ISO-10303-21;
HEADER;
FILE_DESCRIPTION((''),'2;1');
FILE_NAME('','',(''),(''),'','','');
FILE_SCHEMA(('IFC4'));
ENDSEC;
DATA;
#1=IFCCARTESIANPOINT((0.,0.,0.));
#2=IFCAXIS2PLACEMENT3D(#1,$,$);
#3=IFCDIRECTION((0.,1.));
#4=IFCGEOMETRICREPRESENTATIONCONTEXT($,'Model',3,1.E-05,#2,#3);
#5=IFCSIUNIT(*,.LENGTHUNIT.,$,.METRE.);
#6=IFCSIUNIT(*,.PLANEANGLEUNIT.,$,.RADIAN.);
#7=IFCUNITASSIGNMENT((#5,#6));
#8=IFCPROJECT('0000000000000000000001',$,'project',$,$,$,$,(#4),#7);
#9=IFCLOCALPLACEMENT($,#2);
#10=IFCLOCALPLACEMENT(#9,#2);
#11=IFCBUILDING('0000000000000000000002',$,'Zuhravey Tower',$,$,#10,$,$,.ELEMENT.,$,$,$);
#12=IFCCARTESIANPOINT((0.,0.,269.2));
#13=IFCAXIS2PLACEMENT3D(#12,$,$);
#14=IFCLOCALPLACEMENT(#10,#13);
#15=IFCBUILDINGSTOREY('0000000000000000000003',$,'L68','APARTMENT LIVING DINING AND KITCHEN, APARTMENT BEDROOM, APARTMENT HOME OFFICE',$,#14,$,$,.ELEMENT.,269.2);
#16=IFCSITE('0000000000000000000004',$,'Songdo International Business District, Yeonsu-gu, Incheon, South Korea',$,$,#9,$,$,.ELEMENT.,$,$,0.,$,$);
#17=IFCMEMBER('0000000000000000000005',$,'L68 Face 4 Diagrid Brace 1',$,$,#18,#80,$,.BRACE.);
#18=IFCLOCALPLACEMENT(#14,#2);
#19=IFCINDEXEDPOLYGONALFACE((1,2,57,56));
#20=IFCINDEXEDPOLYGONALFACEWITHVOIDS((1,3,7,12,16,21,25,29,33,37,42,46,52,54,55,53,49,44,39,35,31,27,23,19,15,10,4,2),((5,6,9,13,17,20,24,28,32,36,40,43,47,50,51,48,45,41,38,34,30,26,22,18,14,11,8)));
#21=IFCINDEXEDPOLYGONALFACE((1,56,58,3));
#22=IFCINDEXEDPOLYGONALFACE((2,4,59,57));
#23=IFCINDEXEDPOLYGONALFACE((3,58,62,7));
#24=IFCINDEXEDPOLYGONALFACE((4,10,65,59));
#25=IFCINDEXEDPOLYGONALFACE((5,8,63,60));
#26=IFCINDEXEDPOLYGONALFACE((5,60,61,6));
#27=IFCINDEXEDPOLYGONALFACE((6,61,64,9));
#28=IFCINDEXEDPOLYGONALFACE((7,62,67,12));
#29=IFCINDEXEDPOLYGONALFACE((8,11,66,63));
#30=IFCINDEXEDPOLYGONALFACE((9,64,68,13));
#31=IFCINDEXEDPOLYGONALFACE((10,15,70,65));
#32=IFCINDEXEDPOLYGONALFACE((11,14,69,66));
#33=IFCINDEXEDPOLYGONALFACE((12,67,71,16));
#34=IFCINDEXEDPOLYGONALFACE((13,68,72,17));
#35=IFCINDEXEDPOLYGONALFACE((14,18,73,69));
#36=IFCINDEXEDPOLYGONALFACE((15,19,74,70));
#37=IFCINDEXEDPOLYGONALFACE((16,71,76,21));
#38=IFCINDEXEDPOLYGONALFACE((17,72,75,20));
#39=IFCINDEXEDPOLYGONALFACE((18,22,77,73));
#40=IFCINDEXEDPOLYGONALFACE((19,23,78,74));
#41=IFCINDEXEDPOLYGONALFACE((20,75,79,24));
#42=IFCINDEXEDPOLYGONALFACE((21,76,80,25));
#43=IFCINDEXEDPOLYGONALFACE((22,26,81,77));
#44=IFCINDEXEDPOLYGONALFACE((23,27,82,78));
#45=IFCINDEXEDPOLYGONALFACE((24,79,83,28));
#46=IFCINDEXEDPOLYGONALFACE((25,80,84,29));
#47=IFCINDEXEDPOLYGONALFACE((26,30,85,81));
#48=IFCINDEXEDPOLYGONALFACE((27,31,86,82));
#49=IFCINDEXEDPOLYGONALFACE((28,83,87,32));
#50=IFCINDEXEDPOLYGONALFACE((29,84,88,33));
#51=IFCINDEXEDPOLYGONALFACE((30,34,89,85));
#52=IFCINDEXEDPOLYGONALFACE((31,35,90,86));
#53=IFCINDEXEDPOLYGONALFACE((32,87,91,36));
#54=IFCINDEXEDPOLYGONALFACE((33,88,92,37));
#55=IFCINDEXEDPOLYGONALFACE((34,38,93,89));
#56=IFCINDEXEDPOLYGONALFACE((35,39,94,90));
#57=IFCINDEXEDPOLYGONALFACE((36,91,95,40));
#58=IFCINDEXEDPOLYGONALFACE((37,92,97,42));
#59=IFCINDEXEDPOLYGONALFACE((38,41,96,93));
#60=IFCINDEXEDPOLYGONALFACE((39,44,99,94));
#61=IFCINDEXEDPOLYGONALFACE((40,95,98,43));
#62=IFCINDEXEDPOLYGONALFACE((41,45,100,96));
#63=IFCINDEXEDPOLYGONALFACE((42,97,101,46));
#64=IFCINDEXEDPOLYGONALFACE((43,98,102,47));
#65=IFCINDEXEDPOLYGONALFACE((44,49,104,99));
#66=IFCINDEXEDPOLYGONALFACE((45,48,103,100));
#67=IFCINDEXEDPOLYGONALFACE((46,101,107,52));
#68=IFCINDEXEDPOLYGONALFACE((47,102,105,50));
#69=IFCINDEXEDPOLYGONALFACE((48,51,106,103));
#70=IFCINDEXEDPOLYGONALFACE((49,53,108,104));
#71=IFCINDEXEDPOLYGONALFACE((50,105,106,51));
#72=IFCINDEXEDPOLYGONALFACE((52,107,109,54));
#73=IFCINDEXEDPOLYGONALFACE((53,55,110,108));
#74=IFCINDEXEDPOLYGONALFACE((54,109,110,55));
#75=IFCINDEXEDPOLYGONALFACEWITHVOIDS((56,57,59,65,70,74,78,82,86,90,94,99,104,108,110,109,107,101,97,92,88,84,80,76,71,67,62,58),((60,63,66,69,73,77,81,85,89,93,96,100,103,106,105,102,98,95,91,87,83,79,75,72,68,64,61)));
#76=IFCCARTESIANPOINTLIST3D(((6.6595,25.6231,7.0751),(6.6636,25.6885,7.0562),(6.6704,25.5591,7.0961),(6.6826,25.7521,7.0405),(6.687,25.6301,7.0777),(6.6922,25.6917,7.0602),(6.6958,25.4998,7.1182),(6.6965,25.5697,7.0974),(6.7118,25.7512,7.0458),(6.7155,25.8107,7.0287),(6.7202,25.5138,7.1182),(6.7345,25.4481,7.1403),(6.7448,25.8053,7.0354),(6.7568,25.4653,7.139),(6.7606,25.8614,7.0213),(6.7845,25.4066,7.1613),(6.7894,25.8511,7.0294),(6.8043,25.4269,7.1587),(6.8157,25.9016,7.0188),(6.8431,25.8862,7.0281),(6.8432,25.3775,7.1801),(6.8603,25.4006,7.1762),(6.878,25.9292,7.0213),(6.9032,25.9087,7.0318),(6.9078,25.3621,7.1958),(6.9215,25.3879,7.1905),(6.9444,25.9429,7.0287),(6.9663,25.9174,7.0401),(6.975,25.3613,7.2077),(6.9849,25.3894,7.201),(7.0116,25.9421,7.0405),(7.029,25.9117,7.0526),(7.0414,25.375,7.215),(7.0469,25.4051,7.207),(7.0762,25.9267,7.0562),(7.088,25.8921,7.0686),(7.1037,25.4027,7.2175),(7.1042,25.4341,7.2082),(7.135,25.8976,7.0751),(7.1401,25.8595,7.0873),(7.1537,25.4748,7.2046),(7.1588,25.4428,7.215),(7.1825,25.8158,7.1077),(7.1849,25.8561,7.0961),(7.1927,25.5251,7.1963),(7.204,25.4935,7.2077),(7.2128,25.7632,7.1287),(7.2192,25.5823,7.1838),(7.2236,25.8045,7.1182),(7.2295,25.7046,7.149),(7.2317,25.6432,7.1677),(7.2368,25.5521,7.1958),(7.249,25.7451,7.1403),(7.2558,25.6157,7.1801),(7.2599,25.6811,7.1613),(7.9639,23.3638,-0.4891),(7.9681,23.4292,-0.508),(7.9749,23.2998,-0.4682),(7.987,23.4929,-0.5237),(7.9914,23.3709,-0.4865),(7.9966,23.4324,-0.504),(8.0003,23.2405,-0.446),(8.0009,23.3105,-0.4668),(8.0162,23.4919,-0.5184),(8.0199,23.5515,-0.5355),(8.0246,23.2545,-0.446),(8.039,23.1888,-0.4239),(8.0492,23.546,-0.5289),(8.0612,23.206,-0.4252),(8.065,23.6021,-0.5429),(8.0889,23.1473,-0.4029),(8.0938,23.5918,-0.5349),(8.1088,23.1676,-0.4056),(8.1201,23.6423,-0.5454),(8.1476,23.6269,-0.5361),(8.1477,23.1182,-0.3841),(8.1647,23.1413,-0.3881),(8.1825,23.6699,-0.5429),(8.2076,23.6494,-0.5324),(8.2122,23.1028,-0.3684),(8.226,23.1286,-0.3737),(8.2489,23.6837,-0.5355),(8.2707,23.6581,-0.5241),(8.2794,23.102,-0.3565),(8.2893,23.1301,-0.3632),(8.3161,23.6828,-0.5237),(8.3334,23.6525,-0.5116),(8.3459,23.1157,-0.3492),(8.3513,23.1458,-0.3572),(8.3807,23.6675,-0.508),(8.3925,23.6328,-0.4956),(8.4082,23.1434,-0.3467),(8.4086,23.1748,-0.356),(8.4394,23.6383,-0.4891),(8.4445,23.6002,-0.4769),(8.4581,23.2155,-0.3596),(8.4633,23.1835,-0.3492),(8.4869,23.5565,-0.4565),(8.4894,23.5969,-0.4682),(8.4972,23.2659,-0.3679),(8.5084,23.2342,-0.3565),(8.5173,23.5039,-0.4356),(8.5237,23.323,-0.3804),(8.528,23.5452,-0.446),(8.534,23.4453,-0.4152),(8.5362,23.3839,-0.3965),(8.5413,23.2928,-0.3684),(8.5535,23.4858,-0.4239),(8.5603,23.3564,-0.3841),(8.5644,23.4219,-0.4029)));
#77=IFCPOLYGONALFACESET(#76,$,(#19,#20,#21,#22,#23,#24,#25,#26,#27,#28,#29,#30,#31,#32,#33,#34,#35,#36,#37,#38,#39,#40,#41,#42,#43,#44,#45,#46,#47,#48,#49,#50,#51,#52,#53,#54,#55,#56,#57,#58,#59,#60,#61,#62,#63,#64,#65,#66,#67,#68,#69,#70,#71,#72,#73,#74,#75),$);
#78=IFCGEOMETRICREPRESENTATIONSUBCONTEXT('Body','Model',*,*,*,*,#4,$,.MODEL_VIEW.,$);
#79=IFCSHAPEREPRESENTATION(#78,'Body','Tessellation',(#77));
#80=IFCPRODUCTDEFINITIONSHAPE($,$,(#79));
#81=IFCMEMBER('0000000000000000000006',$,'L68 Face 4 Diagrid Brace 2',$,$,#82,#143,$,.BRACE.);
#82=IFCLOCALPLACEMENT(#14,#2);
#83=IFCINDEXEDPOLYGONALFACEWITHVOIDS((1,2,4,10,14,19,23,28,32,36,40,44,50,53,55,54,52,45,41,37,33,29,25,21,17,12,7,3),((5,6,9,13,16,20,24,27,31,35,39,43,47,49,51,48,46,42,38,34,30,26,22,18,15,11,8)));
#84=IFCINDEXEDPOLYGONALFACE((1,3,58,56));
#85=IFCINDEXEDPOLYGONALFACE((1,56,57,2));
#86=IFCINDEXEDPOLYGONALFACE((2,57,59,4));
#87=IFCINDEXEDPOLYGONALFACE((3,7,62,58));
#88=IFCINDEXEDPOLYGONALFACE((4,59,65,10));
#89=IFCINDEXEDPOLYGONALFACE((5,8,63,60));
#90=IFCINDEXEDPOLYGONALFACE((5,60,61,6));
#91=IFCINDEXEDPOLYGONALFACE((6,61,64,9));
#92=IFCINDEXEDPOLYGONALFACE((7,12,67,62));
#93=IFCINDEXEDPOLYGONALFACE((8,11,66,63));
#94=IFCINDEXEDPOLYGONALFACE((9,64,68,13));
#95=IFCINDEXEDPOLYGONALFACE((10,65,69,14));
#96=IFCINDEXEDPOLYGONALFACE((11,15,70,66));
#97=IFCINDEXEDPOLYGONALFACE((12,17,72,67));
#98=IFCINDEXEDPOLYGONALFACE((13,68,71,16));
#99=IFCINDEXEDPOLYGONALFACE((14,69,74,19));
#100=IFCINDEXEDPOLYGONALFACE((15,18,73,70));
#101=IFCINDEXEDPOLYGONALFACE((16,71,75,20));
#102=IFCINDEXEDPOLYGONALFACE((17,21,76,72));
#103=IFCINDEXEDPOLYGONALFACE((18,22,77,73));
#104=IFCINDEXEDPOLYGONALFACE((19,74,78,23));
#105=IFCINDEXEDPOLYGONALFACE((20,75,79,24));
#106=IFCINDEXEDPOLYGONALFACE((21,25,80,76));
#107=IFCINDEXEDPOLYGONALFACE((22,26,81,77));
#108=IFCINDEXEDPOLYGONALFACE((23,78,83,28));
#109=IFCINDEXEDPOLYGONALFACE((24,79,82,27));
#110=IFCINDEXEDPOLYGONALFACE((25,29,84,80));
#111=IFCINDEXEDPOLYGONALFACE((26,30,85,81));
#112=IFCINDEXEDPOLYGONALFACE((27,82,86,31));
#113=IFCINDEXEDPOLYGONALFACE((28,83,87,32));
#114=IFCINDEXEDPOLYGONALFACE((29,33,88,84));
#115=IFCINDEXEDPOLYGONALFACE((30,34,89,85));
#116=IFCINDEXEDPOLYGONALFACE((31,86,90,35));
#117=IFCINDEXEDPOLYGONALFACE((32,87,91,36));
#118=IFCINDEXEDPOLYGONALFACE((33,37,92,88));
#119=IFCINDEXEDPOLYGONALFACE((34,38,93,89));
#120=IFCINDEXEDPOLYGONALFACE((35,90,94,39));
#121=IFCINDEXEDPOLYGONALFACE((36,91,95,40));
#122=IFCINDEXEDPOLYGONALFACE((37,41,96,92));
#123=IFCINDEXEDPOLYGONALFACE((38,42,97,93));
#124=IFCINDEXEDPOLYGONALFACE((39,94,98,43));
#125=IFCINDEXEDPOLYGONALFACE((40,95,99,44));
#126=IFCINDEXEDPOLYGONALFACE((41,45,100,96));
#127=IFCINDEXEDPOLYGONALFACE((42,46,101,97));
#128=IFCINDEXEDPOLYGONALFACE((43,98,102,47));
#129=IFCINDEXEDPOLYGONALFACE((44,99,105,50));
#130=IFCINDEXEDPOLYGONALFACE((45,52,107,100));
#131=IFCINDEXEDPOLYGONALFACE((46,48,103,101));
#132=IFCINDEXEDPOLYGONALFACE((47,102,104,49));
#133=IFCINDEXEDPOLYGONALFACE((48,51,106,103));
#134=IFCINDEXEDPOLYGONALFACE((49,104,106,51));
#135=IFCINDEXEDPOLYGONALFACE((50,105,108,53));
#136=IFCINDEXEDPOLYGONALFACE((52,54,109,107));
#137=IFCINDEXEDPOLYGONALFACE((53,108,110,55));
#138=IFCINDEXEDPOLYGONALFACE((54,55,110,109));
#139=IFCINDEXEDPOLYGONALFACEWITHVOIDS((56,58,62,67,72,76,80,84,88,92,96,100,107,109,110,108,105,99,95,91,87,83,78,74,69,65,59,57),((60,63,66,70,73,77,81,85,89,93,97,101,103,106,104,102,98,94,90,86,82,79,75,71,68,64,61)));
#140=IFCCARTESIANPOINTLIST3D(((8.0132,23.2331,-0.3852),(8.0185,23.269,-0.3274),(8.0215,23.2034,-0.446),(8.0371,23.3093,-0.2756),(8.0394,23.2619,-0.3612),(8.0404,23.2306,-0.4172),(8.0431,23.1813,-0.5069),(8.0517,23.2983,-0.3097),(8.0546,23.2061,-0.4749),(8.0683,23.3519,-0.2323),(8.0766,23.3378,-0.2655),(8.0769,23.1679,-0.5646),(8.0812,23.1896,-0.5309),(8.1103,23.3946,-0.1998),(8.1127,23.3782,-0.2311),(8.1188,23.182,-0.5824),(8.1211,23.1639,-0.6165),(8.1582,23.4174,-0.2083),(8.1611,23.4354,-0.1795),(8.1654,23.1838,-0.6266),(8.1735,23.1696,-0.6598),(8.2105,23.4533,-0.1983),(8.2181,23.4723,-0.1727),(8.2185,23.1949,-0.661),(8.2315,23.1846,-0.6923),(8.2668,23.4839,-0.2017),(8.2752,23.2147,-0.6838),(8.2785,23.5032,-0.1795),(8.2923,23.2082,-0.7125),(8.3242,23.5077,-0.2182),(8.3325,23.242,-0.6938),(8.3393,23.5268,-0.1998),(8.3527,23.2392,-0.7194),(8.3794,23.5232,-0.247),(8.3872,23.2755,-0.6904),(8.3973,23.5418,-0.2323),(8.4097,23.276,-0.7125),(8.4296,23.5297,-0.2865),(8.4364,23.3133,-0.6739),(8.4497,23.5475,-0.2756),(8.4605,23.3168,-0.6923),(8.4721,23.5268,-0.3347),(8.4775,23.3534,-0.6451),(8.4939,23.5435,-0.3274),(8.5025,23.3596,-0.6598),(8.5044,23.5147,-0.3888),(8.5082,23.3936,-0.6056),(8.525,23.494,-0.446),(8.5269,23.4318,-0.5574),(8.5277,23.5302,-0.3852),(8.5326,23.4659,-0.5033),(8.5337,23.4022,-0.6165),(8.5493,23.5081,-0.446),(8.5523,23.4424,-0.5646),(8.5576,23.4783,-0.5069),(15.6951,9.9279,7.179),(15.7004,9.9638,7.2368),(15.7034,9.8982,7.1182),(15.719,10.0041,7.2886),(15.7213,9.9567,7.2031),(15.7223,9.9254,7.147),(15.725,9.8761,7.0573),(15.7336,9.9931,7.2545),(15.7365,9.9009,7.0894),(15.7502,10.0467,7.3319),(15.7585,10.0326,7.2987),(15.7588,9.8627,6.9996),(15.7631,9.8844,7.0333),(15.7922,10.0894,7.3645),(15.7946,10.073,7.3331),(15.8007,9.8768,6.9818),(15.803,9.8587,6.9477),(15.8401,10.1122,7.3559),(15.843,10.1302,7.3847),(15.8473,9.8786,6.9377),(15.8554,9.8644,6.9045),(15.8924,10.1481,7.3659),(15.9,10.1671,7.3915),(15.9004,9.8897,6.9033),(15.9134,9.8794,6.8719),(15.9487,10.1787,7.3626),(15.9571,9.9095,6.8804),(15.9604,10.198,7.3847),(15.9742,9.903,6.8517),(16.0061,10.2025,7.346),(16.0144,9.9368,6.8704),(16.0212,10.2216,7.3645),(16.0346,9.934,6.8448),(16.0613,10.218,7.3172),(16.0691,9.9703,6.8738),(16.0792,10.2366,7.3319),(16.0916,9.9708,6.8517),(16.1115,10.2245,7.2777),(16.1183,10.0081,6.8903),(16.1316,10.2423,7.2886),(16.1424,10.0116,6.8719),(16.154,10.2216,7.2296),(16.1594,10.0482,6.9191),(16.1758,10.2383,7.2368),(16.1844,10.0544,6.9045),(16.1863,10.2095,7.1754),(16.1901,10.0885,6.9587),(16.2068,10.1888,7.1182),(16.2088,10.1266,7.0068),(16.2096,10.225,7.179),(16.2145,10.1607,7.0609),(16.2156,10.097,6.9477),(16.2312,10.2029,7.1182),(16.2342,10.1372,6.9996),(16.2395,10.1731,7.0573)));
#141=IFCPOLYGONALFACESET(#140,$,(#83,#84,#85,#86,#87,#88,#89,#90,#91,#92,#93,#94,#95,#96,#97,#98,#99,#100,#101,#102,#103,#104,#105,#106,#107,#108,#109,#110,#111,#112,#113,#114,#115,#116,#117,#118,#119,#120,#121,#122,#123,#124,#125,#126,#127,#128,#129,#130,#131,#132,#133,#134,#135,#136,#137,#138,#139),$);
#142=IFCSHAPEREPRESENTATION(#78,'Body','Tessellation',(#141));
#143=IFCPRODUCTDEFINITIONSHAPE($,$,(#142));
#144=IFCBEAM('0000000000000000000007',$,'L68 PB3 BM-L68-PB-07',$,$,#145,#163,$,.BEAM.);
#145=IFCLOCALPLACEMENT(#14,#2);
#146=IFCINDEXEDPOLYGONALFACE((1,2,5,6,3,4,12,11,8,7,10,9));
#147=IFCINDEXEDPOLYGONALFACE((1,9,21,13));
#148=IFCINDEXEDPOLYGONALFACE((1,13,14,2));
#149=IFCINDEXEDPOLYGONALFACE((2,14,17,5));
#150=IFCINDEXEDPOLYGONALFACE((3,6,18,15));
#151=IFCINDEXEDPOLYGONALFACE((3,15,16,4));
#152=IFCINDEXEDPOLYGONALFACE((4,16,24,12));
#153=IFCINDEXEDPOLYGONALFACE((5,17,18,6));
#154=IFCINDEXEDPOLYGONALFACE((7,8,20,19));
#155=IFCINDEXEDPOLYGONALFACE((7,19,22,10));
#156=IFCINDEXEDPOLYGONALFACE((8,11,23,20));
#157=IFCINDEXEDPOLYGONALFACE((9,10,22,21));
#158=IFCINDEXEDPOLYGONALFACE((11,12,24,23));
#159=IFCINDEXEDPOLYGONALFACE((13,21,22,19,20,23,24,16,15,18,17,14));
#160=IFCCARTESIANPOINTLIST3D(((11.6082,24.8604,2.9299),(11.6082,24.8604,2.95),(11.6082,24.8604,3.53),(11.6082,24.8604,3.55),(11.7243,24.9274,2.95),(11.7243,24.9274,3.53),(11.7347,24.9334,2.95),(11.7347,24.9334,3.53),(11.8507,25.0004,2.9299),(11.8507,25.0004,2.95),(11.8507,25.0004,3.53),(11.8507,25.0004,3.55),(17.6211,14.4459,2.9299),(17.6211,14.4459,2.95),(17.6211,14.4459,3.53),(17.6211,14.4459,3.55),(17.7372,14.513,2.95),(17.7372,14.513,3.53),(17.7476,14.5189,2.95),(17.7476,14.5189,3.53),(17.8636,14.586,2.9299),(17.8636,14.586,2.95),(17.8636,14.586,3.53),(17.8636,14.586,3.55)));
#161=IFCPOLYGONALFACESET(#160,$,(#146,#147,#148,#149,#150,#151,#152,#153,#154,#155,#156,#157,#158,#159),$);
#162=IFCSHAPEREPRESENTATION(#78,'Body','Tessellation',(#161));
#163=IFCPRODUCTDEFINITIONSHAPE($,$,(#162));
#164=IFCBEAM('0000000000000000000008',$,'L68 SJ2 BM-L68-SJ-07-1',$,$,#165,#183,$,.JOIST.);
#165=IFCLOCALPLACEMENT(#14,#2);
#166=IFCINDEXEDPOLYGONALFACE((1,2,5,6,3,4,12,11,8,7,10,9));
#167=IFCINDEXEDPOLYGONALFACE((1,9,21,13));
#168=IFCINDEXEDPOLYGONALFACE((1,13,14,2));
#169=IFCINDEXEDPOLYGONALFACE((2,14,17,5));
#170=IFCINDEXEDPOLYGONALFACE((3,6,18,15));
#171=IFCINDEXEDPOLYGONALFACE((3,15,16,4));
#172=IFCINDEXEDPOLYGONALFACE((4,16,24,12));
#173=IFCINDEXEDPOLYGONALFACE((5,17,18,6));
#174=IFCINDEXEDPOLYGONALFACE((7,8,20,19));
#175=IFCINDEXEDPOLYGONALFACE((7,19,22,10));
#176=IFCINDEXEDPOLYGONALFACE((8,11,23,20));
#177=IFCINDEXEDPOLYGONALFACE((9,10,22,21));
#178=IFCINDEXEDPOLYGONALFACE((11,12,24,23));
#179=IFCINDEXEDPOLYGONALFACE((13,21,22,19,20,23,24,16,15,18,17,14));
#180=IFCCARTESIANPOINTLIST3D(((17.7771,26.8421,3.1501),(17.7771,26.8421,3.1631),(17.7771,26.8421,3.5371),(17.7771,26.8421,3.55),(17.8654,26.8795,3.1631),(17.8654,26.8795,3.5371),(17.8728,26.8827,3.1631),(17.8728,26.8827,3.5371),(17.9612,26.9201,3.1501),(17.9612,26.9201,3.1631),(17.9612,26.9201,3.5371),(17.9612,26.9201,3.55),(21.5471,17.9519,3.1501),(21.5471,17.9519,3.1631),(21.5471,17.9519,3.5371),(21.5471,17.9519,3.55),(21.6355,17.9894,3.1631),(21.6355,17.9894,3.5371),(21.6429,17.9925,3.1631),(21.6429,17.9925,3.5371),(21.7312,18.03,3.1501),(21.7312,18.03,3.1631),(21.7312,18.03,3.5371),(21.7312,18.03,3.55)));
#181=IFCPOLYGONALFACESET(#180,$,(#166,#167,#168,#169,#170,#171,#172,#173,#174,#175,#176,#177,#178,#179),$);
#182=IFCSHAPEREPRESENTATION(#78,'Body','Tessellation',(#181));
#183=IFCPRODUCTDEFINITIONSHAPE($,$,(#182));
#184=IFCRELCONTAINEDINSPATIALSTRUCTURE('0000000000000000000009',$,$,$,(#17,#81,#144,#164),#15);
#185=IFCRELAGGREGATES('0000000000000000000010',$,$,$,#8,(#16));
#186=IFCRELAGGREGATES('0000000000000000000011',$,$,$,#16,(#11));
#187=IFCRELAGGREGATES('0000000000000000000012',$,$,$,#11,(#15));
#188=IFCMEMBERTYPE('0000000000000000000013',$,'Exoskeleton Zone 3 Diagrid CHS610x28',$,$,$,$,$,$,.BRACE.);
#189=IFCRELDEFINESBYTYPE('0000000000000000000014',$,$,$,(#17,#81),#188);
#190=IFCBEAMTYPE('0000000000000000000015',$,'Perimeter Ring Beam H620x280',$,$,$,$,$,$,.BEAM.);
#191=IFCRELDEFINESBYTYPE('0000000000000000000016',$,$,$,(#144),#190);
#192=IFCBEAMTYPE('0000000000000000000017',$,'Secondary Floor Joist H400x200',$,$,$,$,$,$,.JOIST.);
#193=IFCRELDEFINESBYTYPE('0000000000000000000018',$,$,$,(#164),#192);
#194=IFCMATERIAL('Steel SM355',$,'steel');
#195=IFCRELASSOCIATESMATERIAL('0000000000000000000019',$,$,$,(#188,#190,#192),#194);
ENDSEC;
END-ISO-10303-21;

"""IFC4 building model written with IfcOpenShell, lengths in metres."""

from ifc_helpers import new_model, si_unit, direction, frame, origin, origin_2d, place, context, subcontext, project, spatial, hollow_circle, i_section, extrude, material, material_profile, profile_set, type_object, element, save


model = new_model("IFC4")

# Units and contexts
model_context = context("Model", 3, precision=1e-05, world=origin(), true_north=direction((0.0, 1.0)))
body_context = subcontext(model_context, "Body", "Model", "MODEL_VIEW")
ifc_project = project(units=[si_unit("LENGTHUNIT", "METRE"), si_unit("PLANEANGLEUNIT", "RADIAN")], contexts=[model_context])

# Site, building, storey
site_placement = place(None, origin())
site = spatial("IfcSite", under=ifc_project, at=site_placement, Name="Songdo International Business District, Yeonsu-gu, Incheon, South Korea", CompositionType="ELEMENT", RefElevation=0.0)
building_placement = place(site_placement, origin())
building = spatial("IfcBuilding", under=site, at=building_placement, Name="Zuhravey Tower", CompositionType="ELEMENT")
storey_placement = place(building_placement, frame((0.0, 0.0, 269.2)))
storey = spatial("IfcBuildingStorey", under=building, at=storey_placement, Name="L68", Description="APARTMENT LIVING DINING AND KITCHEN, APARTMENT BEDROOM, APARTMENT HOME OFFICE", CompositionType="ELEMENT", Elevation=269.2)

# Members
ifc_material_1 = material(Name="Steel SM355", Category="steel")
ifc_material_profile_1 = material_profile(ifc_material_1, hollow_circle(Radius=0.3047, WallThickness=0.0281, at=origin_2d()), Name="CHS-609.6x28")
ifc_profile_set_1 = profile_set([ifc_material_profile_1], Name="Steel SM355")
member_type_1 = type_object("IfcMemberType", Name="Exoskeleton Zone 3 Diagrid CHS610x28", PredefinedType="BRACE", material=ifc_profile_set_1)
member_1_placement = place(storey_placement, frame((8.2642, 23.3928, -0.446), z_axis=(-0.163026, 0.282359, 0.945355), x_axis=(-0.866017, -0.500014, 0.0)))
element("IfcMember", 1, at=member_1_placement, inside=storey, type_object=member_type_1, Name="L68 Face 4 Diagrid Brace 1", PredefinedType="BRACE", context=body_context, shape_type="SweptSolid", body=[
    extrude(hollow_circle(Radius=0.3047, WallThickness=0.0281, at=origin_2d()), origin(), (0.0, 0.0, 1.0), 8.0015),
])
member_2_placement = place(storey_placement, frame((8.2854, 23.3557, -0.446), z_axis=(0.448584, -0.776957, 0.441713), x_axis=(0.866022, 0.500007, 0.0)))
element("IfcMember", 2, at=member_2_placement, inside=storey, type_object=member_type_1, Name="L68 Face 4 Diagrid Brace 2", PredefinedType="BRACE", context=body_context, shape_type="SweptSolid", body=[
    extrude(hollow_circle(Radius=0.3047, WallThickness=0.0281, at=origin_2d()), origin(), (0.0, 0.0, 1.0), 17.1248),
])

# Beams
ifc_material_profile_2 = material_profile(ifc_material_1, i_section(OverallWidth=0.28, OverallDepth=0.6201, WebThickness=0.012, FlangeThickness=0.02, at=origin_2d()), Name="H-620x280x12x20")
ifc_profile_set_2 = profile_set([ifc_material_profile_2], Name="Steel SM355")
beam_type_1 = type_object("IfcBeamType", Name="Perimeter Ring Beam H620x280", PredefinedType="BEAM", material=ifc_profile_set_2)
beam_1_placement = place(storey_placement, frame((11.7295, 24.9304, 3.24), z_axis=(0.500006, -0.866022, 0.0), x_axis=(0.866022, 0.500006, 0.0)))
element("IfcBeam", 3, at=beam_1_placement, inside=storey, type_object=beam_type_1, Name="L68 PB3 BM-L68-PB-07", PredefinedType="BEAM", context=body_context, shape_type="SweptSolid", body=[
    extrude(i_section(OverallWidth=0.28, OverallDepth=0.6201, WebThickness=0.012, FlangeThickness=0.02, at=origin_2d()), origin(), (0.0, 0.0, 1.0), 12.0256),
])
ifc_material_profile_3 = material_profile(ifc_material_1, i_section(OverallWidth=0.2, OverallDepth=0.3999, WebThickness=0.0081, FlangeThickness=0.0129, at=origin_2d()), Name="H-400x200x8x13")
ifc_profile_set_3 = profile_set([ifc_material_profile_3], Name="Steel SM355")
beam_type_2 = type_object("IfcBeamType", Name="Secondary Floor Joist H400x200", PredefinedType="JOIST", material=ifc_profile_set_3)
beam_2_placement = place(storey_placement, frame((17.8691, 26.8811, 3.3501), z_axis=(0.390413, -0.92064, 0.0), x_axis=(0.92064, 0.390413, 0.0)))
element("IfcBeam", 4, at=beam_2_placement, inside=storey, type_object=beam_type_2, Name="L68 SJ2 BM-L68-SJ-07-1", PredefinedType="JOIST", context=body_context, shape_type="SweptSolid", body=[
    extrude(i_section(OverallWidth=0.2, OverallDepth=0.3999, WebThickness=0.0081, FlangeThickness=0.0129, at=origin_2d()), origin(), (0.0, 0.0, 1.0), 9.6565),
])

save(model, "model.ifc")
